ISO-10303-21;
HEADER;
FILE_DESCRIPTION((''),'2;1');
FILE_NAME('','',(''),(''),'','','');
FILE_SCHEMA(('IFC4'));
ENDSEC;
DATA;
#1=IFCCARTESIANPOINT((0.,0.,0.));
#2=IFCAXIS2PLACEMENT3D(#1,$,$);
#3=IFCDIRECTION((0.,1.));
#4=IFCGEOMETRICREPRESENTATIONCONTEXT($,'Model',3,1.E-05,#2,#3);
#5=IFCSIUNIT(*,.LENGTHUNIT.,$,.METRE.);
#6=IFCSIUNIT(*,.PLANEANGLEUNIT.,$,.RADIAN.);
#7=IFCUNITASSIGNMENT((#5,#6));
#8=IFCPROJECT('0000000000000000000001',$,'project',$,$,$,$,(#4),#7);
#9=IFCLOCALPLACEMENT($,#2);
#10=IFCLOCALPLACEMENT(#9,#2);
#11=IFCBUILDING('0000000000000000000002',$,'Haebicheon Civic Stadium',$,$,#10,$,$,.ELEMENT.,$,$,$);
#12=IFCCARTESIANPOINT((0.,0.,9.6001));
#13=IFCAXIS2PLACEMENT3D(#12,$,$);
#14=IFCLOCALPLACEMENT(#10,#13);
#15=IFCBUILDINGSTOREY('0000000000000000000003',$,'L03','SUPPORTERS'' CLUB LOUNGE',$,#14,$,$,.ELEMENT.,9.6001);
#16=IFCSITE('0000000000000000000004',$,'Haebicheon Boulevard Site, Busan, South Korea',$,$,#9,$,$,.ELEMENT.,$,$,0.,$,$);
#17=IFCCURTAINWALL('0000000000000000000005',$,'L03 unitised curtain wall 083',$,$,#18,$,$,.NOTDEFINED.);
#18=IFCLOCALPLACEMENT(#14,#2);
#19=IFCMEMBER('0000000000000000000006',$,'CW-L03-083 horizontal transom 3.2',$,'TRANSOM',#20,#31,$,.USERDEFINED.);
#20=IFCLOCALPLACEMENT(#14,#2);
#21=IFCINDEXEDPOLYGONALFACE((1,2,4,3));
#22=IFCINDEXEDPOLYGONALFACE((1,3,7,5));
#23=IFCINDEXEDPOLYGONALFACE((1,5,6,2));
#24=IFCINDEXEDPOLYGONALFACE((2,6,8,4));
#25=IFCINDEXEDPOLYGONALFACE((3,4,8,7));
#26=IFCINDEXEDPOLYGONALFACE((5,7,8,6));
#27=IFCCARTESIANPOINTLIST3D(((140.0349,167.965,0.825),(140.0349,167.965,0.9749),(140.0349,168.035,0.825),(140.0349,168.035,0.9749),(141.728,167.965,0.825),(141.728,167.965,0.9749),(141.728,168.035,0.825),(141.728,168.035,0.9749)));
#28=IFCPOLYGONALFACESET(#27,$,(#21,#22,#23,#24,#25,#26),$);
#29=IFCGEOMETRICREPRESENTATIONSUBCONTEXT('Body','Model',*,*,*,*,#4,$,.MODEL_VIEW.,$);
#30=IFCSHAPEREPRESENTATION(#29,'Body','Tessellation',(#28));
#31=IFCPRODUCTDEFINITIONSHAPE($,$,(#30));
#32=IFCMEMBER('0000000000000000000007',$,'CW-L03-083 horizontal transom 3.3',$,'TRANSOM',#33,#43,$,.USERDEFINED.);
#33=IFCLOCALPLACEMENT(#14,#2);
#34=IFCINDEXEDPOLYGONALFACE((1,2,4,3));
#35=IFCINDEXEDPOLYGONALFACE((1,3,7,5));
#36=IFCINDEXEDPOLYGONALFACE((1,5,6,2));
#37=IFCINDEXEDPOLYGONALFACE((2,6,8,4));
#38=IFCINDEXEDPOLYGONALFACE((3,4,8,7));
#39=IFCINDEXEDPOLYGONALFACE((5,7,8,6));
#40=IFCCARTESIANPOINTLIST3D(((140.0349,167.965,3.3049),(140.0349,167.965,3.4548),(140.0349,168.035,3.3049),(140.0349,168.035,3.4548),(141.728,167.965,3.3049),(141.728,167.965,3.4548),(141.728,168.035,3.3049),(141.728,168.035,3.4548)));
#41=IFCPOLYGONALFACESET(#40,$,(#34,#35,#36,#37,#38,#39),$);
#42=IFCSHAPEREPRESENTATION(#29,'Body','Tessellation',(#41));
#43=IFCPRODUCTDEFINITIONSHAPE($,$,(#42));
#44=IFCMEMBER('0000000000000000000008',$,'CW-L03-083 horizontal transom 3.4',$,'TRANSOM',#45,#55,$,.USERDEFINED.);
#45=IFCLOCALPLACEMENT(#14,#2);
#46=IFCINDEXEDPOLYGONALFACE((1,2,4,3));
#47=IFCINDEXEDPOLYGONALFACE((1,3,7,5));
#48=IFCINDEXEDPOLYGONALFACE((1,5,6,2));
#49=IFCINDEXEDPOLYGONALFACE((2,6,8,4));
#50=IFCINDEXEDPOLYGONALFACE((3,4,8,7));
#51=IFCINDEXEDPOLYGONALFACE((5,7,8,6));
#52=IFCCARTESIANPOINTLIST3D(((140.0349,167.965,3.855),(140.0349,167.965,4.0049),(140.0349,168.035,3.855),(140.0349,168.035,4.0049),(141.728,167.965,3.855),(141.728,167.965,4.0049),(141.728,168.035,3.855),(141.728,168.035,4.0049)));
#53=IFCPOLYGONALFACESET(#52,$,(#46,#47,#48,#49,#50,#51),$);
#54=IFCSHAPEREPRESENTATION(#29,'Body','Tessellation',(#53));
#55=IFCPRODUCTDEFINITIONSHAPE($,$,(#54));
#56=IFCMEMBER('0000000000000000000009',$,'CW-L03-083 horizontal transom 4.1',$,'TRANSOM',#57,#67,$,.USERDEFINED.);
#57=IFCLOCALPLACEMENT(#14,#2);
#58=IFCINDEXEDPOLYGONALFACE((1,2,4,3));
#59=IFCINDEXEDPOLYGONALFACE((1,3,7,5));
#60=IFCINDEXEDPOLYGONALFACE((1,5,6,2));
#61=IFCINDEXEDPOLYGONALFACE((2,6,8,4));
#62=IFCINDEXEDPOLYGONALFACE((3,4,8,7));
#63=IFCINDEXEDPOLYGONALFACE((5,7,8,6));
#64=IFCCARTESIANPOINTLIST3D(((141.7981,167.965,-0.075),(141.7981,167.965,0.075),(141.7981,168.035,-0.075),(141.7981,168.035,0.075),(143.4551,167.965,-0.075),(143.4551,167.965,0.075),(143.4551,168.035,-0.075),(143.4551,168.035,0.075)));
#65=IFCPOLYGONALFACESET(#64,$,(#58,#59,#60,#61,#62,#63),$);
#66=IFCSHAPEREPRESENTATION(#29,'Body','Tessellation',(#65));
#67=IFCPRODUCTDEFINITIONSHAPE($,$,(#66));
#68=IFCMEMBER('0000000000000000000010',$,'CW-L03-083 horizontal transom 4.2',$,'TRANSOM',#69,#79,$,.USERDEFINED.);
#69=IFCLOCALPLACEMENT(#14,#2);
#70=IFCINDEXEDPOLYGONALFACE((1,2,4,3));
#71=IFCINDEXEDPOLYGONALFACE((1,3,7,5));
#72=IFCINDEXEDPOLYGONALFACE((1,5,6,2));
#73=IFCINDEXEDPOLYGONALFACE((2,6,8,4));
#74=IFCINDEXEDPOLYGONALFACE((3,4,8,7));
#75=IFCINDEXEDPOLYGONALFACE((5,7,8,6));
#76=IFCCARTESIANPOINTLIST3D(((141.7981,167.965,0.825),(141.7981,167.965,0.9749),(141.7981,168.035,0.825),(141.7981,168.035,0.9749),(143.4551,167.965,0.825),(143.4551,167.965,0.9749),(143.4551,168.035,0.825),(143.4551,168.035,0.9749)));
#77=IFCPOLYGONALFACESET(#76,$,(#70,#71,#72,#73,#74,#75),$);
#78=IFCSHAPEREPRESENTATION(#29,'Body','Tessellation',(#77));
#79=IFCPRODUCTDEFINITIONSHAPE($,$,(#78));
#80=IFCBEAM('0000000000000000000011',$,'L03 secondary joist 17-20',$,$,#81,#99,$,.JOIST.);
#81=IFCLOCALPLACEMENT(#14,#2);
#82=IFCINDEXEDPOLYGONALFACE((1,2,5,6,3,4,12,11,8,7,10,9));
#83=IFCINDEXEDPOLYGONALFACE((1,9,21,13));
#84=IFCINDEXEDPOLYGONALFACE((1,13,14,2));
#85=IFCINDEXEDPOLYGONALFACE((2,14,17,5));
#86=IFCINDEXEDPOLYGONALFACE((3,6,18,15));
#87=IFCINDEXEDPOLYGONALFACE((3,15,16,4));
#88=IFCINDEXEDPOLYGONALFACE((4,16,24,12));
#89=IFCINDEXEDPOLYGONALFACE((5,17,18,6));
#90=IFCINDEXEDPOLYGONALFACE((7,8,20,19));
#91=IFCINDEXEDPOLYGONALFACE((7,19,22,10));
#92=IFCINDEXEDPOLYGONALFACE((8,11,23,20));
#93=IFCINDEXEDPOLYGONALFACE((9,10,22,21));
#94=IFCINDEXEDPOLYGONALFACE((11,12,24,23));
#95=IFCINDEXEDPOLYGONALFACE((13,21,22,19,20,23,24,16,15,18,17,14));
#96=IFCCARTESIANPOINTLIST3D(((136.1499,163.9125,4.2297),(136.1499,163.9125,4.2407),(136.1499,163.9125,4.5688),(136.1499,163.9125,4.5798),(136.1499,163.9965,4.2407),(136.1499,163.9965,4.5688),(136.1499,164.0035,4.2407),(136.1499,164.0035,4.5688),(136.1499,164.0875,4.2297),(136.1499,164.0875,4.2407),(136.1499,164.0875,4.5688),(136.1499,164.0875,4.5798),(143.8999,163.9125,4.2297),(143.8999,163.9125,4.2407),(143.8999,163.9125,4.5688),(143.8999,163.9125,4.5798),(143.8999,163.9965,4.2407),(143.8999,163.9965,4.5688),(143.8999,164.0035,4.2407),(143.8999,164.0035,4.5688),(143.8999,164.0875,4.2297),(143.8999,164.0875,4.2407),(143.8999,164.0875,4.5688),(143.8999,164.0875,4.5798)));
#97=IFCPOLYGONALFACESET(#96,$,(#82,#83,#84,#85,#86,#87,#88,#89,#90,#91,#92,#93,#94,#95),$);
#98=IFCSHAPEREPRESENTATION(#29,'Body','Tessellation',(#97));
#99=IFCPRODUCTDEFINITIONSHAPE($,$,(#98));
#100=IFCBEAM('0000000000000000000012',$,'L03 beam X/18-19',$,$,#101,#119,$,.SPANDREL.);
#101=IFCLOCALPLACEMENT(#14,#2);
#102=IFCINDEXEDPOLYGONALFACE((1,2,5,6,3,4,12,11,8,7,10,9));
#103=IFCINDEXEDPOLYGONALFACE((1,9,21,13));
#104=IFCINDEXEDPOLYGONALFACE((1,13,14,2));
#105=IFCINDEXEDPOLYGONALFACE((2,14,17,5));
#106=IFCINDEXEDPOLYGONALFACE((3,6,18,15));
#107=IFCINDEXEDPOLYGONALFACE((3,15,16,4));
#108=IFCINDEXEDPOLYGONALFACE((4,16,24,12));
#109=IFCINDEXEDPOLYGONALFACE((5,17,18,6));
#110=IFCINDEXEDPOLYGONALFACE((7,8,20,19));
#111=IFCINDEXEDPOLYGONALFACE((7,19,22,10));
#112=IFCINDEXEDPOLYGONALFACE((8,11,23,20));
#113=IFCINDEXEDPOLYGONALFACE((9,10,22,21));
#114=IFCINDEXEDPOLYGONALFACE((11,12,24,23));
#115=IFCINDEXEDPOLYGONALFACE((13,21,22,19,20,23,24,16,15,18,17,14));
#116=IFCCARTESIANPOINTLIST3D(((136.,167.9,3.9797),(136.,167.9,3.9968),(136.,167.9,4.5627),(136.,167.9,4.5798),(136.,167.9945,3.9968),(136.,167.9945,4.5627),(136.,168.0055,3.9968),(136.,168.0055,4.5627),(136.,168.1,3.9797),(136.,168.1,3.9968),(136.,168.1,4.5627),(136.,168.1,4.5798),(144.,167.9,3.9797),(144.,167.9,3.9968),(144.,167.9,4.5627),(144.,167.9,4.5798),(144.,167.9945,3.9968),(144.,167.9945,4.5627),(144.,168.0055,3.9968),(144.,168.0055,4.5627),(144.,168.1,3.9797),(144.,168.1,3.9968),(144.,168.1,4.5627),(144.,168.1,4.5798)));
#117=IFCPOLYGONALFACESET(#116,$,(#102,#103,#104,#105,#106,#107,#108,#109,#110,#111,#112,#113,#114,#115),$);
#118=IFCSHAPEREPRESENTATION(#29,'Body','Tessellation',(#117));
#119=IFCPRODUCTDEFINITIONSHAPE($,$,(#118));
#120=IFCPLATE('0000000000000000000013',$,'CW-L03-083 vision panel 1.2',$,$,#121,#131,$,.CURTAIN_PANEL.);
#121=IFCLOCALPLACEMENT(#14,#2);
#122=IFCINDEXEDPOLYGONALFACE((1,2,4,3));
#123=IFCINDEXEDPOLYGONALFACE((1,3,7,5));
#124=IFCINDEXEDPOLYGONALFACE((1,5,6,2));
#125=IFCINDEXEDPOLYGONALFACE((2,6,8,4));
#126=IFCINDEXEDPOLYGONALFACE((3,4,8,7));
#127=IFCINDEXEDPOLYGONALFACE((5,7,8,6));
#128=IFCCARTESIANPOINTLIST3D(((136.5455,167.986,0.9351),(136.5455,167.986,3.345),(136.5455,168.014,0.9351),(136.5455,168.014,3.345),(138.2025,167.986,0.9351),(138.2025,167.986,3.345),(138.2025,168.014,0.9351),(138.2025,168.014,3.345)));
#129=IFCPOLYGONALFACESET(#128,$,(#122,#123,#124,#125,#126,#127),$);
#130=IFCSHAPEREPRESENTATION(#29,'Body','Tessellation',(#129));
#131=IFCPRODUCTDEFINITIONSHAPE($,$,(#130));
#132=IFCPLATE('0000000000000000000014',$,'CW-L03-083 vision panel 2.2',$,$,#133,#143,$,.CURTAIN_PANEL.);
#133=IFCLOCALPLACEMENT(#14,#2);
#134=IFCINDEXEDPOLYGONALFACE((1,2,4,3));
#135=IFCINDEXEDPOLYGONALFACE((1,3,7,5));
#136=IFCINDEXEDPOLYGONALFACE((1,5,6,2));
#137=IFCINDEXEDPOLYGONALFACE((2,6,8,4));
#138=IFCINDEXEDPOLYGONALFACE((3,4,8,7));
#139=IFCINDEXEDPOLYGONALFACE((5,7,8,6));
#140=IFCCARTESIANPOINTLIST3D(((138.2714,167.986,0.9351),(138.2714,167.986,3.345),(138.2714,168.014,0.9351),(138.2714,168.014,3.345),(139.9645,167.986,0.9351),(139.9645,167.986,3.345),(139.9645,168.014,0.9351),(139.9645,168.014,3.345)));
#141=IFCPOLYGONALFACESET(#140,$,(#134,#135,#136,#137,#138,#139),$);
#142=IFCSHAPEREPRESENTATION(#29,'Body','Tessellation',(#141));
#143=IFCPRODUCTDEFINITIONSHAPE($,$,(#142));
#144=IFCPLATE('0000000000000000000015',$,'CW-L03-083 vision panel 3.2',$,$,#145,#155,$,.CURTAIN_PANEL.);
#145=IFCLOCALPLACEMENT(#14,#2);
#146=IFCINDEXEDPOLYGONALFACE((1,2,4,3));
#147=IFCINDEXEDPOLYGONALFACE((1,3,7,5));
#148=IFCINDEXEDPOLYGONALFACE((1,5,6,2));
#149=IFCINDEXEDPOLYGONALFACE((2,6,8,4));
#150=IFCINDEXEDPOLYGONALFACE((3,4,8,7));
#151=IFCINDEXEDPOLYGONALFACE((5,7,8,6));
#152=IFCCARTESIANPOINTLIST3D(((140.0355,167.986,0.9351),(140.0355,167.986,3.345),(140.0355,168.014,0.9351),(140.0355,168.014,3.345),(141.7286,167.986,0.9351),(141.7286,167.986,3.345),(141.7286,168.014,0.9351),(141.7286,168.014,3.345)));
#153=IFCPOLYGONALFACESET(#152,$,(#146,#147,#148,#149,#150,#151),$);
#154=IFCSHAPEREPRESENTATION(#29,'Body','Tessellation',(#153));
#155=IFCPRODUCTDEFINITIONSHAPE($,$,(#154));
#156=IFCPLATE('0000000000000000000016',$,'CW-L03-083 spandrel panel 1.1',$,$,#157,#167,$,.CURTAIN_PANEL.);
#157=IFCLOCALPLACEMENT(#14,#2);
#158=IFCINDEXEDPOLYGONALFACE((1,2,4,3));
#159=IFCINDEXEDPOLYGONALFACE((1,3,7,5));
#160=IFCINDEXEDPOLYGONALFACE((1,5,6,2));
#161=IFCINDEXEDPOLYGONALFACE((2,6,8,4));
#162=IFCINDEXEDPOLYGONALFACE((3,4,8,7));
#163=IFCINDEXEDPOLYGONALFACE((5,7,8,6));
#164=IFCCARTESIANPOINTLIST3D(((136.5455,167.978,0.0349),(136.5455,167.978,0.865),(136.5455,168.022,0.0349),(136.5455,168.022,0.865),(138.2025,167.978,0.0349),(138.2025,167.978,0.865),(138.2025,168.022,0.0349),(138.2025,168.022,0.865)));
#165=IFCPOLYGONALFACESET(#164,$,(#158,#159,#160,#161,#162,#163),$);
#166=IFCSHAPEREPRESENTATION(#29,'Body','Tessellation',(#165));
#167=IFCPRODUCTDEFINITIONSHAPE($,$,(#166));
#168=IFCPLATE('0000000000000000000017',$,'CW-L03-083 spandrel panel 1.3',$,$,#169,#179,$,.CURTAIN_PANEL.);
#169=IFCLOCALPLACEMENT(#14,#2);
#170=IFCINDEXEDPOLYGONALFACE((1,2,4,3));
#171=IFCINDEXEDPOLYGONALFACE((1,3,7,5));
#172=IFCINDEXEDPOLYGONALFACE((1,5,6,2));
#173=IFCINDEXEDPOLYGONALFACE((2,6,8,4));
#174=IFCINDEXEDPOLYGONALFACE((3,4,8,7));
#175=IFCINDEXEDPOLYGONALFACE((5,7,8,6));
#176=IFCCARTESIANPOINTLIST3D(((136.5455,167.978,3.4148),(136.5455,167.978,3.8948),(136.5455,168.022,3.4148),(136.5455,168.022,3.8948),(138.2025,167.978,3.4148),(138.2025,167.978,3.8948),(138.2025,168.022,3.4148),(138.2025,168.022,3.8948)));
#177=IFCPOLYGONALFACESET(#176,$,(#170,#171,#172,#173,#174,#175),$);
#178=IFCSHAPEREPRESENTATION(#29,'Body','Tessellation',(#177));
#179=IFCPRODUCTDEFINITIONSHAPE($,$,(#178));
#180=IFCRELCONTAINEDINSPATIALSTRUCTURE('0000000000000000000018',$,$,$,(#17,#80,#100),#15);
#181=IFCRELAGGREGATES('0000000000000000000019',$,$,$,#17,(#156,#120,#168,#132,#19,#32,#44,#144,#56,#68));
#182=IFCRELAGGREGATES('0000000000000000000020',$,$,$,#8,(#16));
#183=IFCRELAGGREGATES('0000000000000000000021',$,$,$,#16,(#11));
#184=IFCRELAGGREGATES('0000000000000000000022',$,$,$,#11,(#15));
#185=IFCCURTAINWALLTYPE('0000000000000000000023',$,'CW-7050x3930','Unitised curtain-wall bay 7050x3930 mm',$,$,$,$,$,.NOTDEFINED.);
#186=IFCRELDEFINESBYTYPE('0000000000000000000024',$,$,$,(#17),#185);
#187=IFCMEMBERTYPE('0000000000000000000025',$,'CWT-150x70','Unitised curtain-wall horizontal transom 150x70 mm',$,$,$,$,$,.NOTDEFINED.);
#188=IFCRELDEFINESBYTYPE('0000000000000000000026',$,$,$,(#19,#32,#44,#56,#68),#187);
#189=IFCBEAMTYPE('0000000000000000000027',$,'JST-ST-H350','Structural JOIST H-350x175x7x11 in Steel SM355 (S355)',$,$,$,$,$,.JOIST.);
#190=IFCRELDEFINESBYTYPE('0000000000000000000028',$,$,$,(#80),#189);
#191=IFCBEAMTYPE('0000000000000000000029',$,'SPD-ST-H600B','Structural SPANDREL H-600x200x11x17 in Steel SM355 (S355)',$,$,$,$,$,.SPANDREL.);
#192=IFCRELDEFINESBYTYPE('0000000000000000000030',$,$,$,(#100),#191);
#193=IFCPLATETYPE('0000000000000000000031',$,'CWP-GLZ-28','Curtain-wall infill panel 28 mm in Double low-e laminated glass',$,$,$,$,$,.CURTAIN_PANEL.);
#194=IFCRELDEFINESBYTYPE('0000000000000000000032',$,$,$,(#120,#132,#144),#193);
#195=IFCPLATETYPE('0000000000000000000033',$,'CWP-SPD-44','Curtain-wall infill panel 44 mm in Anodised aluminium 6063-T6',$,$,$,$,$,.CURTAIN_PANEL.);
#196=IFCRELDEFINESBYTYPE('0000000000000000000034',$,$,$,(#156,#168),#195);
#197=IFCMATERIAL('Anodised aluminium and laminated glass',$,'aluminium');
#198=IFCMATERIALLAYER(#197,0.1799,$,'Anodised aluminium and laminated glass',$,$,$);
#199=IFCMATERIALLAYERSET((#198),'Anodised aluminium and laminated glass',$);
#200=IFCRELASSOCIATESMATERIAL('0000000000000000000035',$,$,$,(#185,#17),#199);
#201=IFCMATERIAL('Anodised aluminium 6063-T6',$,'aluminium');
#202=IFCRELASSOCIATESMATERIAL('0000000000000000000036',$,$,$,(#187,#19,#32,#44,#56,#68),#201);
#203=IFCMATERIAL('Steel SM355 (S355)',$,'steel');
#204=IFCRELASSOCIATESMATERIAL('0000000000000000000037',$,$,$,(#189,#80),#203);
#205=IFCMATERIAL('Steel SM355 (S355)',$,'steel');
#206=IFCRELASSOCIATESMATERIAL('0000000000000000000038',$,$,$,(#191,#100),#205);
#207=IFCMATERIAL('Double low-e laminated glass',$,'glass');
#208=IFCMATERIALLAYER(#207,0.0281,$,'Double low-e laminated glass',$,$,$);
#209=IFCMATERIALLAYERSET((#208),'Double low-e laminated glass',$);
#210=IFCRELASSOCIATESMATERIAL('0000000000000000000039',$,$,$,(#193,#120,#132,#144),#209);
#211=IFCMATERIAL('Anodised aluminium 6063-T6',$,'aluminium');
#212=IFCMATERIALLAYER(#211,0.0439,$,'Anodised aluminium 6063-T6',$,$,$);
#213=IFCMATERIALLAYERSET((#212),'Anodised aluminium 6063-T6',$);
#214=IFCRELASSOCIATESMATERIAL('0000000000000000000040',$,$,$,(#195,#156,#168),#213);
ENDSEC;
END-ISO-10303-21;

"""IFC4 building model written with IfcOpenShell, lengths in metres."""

from ifc_helpers import new_model, si_unit, direction, frame, origin, origin_2d, place, context, subcontext, project, spatial, rectangle, i_section, extrude, material, layer, layer_set, material_profile, profile_set, type_object, element, aggregate, save


model = new_model("IFC4")

# Units and contexts
model_context = context("Model", 3, precision=1e-05, world=origin(), true_north=direction((0.0, 1.0)))
body_context = subcontext(model_context, "Body", "Model", "MODEL_VIEW")
ifc_project = project(units=[si_unit("LENGTHUNIT", "METRE"), si_unit("PLANEANGLEUNIT", "RADIAN")], contexts=[model_context])

# Site, building, storey
site_placement = place(None, origin())
site = spatial("IfcSite", under=ifc_project, at=site_placement, Name="Haebicheon Boulevard Site, Busan, South Korea", CompositionType="ELEMENT", RefElevation=0.0)
building_placement = place(site_placement, origin())
building = spatial("IfcBuilding", under=site, at=building_placement, Name="Haebicheon Civic Stadium", CompositionType="ELEMENT")
storey_placement = place(building_placement, frame((0.0, 0.0, 9.6001)))
storey = spatial("IfcBuildingStorey", under=building, at=storey_placement, Name="L03", Description="SUPPORTERS' CLUB LOUNGE", CompositionType="ELEMENT", Elevation=9.6001)

# Curtain wall, members
ifc_material_1 = material(Name="Anodised aluminium and laminated glass", Category="aluminium")
ifc_layer_1 = layer(ifc_material_1, 0.1799, Name="Anodised aluminium and laminated glass")
ifc_layer_set_1 = layer_set([ifc_layer_1], Name="Anodised aluminium and laminated glass")
curtain_wall_type = type_object("IfcCurtainWallType", Name="CW-7050x3930", Description="Unitised curtain-wall bay 7050x3930 mm", PredefinedType="NOTDEFINED", material=ifc_layer_set_1)
curtain_wall_placement = place(storey_placement, origin())
curtain_wall = element("IfcCurtainWall", 1, at=curtain_wall_placement, inside=storey, type_object=curtain_wall_type, material=ifc_layer_set_1, Name="L03 unitised curtain wall 083", PredefinedType="NOTDEFINED")
ifc_material_2 = material(Name="Anodised aluminium 6063-T6", Category="aluminium")
ifc_material_profile_1 = material_profile(ifc_material_2, rectangle(XDim=0.0701, YDim=0.1499, at=origin_2d()), Name="ALU-TRAN-70x150")
ifc_profile_set_1 = profile_set([ifc_material_profile_1], Name="Anodised aluminium 6063-T6")
member_type_1 = type_object("IfcMemberType", Name="CWT-150x70", Description="Unitised curtain-wall horizontal transom 150x70 mm", PredefinedType="NOTDEFINED", material=ifc_profile_set_1)
member_1_placement = place(storey_placement, frame((140.0349, 168.0, 0.8999), z_axis=(1.0, 0.0, 0.0), x_axis=(0.0, 1.0, 0.0)))
member_1 = element("IfcMember", 2, at=member_1_placement, type_object=member_type_1, material=ifc_profile_set_1, Name="CW-L03-083 horizontal transom 3.2", ObjectType="TRANSOM", PredefinedType="USERDEFINED", context=body_context, shape_type="SweptSolid", body=[
    extrude(rectangle(XDim=0.0701, YDim=0.1499, at=origin_2d()), origin(), (0.0, 0.0, 1.0), 1.6931),
])
member_2_placement = place(storey_placement, frame((140.0349, 168.0, 3.3799), z_axis=(1.0, 0.0, 0.0), x_axis=(0.0, 1.0, 0.0)))
member_2 = element("IfcMember", 3, at=member_2_placement, type_object=member_type_1, material=ifc_profile_set_1, Name="CW-L03-083 horizontal transom 3.3", ObjectType="TRANSOM", PredefinedType="USERDEFINED", context=body_context, shape_type="SweptSolid", body=[
    extrude(rectangle(XDim=0.0701, YDim=0.1499, at=origin_2d()), origin(), (0.0, 0.0, 1.0), 1.6931),
])
member_3_placement = place(storey_placement, frame((140.0349, 168.0, 3.9299), z_axis=(1.0, 0.0, 0.0), x_axis=(0.0, 1.0, 0.0)))
member_3 = element("IfcMember", 4, at=member_3_placement, type_object=member_type_1, material=ifc_profile_set_1, Name="CW-L03-083 horizontal transom 3.4", ObjectType="TRANSOM", PredefinedType="USERDEFINED", context=body_context, shape_type="SweptSolid", body=[
    extrude(rectangle(XDim=0.0701, YDim=0.1499, at=origin_2d()), origin(), (0.0, 0.0, 1.0), 1.6931),
])
member_4_placement = place(storey_placement, frame((141.7981, 168.0, 0.0), z_axis=(1.0, 0.0, 0.0), x_axis=(0.0, 1.0, 0.0)))
member_4 = element("IfcMember", 5, at=member_4_placement, type_object=member_type_1, material=ifc_profile_set_1, Name="CW-L03-083 horizontal transom 4.1", ObjectType="TRANSOM", PredefinedType="USERDEFINED", context=body_context, shape_type="SweptSolid", body=[
    extrude(rectangle(XDim=0.0701, YDim=0.1499, at=origin_2d()), origin(), (0.0, 0.0, 1.0), 1.657),
])
member_5_placement = place(storey_placement, frame((141.7981, 168.0, 0.8999), z_axis=(1.0, 0.0, 0.0), x_axis=(0.0, 1.0, 0.0)))
member_5 = element("IfcMember", 6, at=member_5_placement, type_object=member_type_1, material=ifc_profile_set_1, Name="CW-L03-083 horizontal transom 4.2", ObjectType="TRANSOM", PredefinedType="USERDEFINED", context=body_context, shape_type="SweptSolid", body=[
    extrude(rectangle(XDim=0.0701, YDim=0.1499, at=origin_2d()), origin(), (0.0, 0.0, 1.0), 1.657),
])

# Beams
ifc_material_3 = material(Name="Steel SM355 (S355)", Category="steel")
ifc_material_profile_2 = material_profile(ifc_material_3, i_section(OverallWidth=0.175, OverallDepth=0.3501, WebThickness=0.0071, FlangeThickness=0.011, at=origin_2d()), Name="H-350x175x7x11")
ifc_profile_set_2 = profile_set([ifc_material_profile_2], Name="Steel SM355 (S355)")
beam_type_1 = type_object("IfcBeamType", Name="JST-ST-H350", Description="Structural JOIST H-350x175x7x11 in Steel SM355 (S355)", PredefinedType="JOIST", material=ifc_profile_set_2)
beam_1_placement = place(storey_placement, frame((136.1499, 164.0, 4.4048), z_axis=(1.0, 0.0, 0.0), x_axis=(0.0, 1.0, 0.0)))
element("IfcBeam", 7, at=beam_1_placement, inside=storey, type_object=beam_type_1, material=ifc_profile_set_2, Name="L03 secondary joist 17-20", PredefinedType="JOIST", context=body_context, shape_type="SweptSolid", body=[
    extrude(i_section(OverallWidth=0.175, OverallDepth=0.3501, WebThickness=0.0071, FlangeThickness=0.011, at=origin_2d()), origin(), (0.0, 0.0, 1.0), 7.75),
])
ifc_material_4 = material(Name="Steel SM355 (S355)", Category="steel")
ifc_material_profile_3 = material_profile(ifc_material_4, i_section(OverallWidth=0.2, OverallDepth=0.6001, WebThickness=0.011, FlangeThickness=0.0171, at=origin_2d()), Name="H-600x200x11x17")
ifc_profile_set_3 = profile_set([ifc_material_profile_3], Name="Steel SM355 (S355)")
beam_type_2 = type_object("IfcBeamType", Name="SPD-ST-H600B", Description="Structural SPANDREL H-600x200x11x17 in Steel SM355 (S355)", PredefinedType="SPANDREL", material=ifc_profile_set_3)
beam_2_placement = place(storey_placement, frame((136.0, 168.0, 4.2798), z_axis=(1.0, 0.0, 0.0), x_axis=(0.0, 1.0, 0.0)))
element("IfcBeam", 8, at=beam_2_placement, inside=storey, type_object=beam_type_2, material=ifc_profile_set_3, Name="L03 beam X/18-19", PredefinedType="SPANDREL", context=body_context, shape_type="SweptSolid", body=[
    extrude(i_section(OverallWidth=0.2, OverallDepth=0.6001, WebThickness=0.011, FlangeThickness=0.0171, at=origin_2d()), origin(), (0.0, 0.0, 1.0), 8.0),
])

# Plates
ifc_material_5 = material(Name="Double low-e laminated glass", Category="glass")
ifc_layer_2 = layer(ifc_material_5, 0.0281, Name="Double low-e laminated glass")
ifc_layer_set_2 = layer_set([ifc_layer_2], Name="Double low-e laminated glass")
plate_type_1 = type_object("IfcPlateType", Name="CWP-GLZ-28", Description="Curtain-wall infill panel 28 mm in Double low-e laminated glass", PredefinedType="CURTAIN_PANEL", material=ifc_layer_set_2)
plate_1_placement = place(storey_placement, frame((137.374, 168.0, 0.9351), z_axis=(0.0, 0.0, 1.0), x_axis=(1.0, 0.0, 0.0)))
plate_1 = element("IfcPlate", 9, at=plate_1_placement, type_object=plate_type_1, material=ifc_layer_set_2, Name="CW-L03-083 vision panel 1.2", PredefinedType="CURTAIN_PANEL", context=body_context, shape_type="SweptSolid", body=[
    extrude(rectangle(XDim=1.657, YDim=0.0281, at=origin_2d()), origin(), (0.0, 0.0, 1.0), 2.4099),
])
plate_2_placement = place(storey_placement, frame((139.1179, 168.0, 0.9351), z_axis=(0.0, 0.0, 1.0), x_axis=(1.0, 0.0, 0.0)))
plate_2 = element("IfcPlate", 10, at=plate_2_placement, type_object=plate_type_1, material=ifc_layer_set_2, Name="CW-L03-083 vision panel 2.2", PredefinedType="CURTAIN_PANEL", context=body_context, shape_type="SweptSolid", body=[
    extrude(rectangle(XDim=1.6931, YDim=0.0281, at=origin_2d()), origin(), (0.0, 0.0, 1.0), 2.4099),
])
plate_3_placement = place(storey_placement, frame((140.8821, 168.0, 0.9351), z_axis=(0.0, 0.0, 1.0), x_axis=(1.0, 0.0, 0.0)))
plate_3 = element("IfcPlate", 11, at=plate_3_placement, type_object=plate_type_1, material=ifc_layer_set_2, Name="CW-L03-083 vision panel 3.2", PredefinedType="CURTAIN_PANEL", context=body_context, shape_type="SweptSolid", body=[
    extrude(rectangle(XDim=1.6931, YDim=0.0281, at=origin_2d()), origin(), (0.0, 0.0, 1.0), 2.4099),
])
ifc_material_6 = material(Name="Anodised aluminium 6063-T6", Category="aluminium")
ifc_layer_3 = layer(ifc_material_6, 0.0439, Name="Anodised aluminium 6063-T6")
ifc_layer_set_3 = layer_set([ifc_layer_3], Name="Anodised aluminium 6063-T6")
plate_type_2 = type_object("IfcPlateType", Name="CWP-SPD-44", Description="Curtain-wall infill panel 44 mm in Anodised aluminium 6063-T6", PredefinedType="CURTAIN_PANEL", material=ifc_layer_set_3)
plate_4_placement = place(storey_placement, frame((137.374, 168.0, 0.0349), z_axis=(0.0, 0.0, 1.0), x_axis=(1.0, 0.0, 0.0)))
plate_4 = element("IfcPlate", 12, at=plate_4_placement, type_object=plate_type_2, material=ifc_layer_set_3, Name="CW-L03-083 spandrel panel 1.1", PredefinedType="CURTAIN_PANEL", context=body_context, shape_type="SweptSolid", body=[
    extrude(rectangle(XDim=1.657, YDim=0.0439, at=origin_2d()), origin(), (0.0, 0.0, 1.0), 0.8301),
])
plate_5_placement = place(storey_placement, frame((137.374, 168.0, 3.4148), z_axis=(0.0, 0.0, 1.0), x_axis=(1.0, 0.0, 0.0)))
plate_5 = element("IfcPlate", 13, at=plate_5_placement, type_object=plate_type_2, material=ifc_layer_set_3, Name="CW-L03-083 spandrel panel 1.3", PredefinedType="CURTAIN_PANEL", context=body_context, shape_type="SweptSolid", body=[
    extrude(rectangle(XDim=1.657, YDim=0.0439, at=origin_2d()), origin(), (0.0, 0.0, 1.0), 0.48),
])
aggregate(curtain_wall, [plate_4, plate_1, plate_5, plate_2, member_1, member_2, member_3, plate_3, member_4, member_5])

save(model, "model.ifc")
